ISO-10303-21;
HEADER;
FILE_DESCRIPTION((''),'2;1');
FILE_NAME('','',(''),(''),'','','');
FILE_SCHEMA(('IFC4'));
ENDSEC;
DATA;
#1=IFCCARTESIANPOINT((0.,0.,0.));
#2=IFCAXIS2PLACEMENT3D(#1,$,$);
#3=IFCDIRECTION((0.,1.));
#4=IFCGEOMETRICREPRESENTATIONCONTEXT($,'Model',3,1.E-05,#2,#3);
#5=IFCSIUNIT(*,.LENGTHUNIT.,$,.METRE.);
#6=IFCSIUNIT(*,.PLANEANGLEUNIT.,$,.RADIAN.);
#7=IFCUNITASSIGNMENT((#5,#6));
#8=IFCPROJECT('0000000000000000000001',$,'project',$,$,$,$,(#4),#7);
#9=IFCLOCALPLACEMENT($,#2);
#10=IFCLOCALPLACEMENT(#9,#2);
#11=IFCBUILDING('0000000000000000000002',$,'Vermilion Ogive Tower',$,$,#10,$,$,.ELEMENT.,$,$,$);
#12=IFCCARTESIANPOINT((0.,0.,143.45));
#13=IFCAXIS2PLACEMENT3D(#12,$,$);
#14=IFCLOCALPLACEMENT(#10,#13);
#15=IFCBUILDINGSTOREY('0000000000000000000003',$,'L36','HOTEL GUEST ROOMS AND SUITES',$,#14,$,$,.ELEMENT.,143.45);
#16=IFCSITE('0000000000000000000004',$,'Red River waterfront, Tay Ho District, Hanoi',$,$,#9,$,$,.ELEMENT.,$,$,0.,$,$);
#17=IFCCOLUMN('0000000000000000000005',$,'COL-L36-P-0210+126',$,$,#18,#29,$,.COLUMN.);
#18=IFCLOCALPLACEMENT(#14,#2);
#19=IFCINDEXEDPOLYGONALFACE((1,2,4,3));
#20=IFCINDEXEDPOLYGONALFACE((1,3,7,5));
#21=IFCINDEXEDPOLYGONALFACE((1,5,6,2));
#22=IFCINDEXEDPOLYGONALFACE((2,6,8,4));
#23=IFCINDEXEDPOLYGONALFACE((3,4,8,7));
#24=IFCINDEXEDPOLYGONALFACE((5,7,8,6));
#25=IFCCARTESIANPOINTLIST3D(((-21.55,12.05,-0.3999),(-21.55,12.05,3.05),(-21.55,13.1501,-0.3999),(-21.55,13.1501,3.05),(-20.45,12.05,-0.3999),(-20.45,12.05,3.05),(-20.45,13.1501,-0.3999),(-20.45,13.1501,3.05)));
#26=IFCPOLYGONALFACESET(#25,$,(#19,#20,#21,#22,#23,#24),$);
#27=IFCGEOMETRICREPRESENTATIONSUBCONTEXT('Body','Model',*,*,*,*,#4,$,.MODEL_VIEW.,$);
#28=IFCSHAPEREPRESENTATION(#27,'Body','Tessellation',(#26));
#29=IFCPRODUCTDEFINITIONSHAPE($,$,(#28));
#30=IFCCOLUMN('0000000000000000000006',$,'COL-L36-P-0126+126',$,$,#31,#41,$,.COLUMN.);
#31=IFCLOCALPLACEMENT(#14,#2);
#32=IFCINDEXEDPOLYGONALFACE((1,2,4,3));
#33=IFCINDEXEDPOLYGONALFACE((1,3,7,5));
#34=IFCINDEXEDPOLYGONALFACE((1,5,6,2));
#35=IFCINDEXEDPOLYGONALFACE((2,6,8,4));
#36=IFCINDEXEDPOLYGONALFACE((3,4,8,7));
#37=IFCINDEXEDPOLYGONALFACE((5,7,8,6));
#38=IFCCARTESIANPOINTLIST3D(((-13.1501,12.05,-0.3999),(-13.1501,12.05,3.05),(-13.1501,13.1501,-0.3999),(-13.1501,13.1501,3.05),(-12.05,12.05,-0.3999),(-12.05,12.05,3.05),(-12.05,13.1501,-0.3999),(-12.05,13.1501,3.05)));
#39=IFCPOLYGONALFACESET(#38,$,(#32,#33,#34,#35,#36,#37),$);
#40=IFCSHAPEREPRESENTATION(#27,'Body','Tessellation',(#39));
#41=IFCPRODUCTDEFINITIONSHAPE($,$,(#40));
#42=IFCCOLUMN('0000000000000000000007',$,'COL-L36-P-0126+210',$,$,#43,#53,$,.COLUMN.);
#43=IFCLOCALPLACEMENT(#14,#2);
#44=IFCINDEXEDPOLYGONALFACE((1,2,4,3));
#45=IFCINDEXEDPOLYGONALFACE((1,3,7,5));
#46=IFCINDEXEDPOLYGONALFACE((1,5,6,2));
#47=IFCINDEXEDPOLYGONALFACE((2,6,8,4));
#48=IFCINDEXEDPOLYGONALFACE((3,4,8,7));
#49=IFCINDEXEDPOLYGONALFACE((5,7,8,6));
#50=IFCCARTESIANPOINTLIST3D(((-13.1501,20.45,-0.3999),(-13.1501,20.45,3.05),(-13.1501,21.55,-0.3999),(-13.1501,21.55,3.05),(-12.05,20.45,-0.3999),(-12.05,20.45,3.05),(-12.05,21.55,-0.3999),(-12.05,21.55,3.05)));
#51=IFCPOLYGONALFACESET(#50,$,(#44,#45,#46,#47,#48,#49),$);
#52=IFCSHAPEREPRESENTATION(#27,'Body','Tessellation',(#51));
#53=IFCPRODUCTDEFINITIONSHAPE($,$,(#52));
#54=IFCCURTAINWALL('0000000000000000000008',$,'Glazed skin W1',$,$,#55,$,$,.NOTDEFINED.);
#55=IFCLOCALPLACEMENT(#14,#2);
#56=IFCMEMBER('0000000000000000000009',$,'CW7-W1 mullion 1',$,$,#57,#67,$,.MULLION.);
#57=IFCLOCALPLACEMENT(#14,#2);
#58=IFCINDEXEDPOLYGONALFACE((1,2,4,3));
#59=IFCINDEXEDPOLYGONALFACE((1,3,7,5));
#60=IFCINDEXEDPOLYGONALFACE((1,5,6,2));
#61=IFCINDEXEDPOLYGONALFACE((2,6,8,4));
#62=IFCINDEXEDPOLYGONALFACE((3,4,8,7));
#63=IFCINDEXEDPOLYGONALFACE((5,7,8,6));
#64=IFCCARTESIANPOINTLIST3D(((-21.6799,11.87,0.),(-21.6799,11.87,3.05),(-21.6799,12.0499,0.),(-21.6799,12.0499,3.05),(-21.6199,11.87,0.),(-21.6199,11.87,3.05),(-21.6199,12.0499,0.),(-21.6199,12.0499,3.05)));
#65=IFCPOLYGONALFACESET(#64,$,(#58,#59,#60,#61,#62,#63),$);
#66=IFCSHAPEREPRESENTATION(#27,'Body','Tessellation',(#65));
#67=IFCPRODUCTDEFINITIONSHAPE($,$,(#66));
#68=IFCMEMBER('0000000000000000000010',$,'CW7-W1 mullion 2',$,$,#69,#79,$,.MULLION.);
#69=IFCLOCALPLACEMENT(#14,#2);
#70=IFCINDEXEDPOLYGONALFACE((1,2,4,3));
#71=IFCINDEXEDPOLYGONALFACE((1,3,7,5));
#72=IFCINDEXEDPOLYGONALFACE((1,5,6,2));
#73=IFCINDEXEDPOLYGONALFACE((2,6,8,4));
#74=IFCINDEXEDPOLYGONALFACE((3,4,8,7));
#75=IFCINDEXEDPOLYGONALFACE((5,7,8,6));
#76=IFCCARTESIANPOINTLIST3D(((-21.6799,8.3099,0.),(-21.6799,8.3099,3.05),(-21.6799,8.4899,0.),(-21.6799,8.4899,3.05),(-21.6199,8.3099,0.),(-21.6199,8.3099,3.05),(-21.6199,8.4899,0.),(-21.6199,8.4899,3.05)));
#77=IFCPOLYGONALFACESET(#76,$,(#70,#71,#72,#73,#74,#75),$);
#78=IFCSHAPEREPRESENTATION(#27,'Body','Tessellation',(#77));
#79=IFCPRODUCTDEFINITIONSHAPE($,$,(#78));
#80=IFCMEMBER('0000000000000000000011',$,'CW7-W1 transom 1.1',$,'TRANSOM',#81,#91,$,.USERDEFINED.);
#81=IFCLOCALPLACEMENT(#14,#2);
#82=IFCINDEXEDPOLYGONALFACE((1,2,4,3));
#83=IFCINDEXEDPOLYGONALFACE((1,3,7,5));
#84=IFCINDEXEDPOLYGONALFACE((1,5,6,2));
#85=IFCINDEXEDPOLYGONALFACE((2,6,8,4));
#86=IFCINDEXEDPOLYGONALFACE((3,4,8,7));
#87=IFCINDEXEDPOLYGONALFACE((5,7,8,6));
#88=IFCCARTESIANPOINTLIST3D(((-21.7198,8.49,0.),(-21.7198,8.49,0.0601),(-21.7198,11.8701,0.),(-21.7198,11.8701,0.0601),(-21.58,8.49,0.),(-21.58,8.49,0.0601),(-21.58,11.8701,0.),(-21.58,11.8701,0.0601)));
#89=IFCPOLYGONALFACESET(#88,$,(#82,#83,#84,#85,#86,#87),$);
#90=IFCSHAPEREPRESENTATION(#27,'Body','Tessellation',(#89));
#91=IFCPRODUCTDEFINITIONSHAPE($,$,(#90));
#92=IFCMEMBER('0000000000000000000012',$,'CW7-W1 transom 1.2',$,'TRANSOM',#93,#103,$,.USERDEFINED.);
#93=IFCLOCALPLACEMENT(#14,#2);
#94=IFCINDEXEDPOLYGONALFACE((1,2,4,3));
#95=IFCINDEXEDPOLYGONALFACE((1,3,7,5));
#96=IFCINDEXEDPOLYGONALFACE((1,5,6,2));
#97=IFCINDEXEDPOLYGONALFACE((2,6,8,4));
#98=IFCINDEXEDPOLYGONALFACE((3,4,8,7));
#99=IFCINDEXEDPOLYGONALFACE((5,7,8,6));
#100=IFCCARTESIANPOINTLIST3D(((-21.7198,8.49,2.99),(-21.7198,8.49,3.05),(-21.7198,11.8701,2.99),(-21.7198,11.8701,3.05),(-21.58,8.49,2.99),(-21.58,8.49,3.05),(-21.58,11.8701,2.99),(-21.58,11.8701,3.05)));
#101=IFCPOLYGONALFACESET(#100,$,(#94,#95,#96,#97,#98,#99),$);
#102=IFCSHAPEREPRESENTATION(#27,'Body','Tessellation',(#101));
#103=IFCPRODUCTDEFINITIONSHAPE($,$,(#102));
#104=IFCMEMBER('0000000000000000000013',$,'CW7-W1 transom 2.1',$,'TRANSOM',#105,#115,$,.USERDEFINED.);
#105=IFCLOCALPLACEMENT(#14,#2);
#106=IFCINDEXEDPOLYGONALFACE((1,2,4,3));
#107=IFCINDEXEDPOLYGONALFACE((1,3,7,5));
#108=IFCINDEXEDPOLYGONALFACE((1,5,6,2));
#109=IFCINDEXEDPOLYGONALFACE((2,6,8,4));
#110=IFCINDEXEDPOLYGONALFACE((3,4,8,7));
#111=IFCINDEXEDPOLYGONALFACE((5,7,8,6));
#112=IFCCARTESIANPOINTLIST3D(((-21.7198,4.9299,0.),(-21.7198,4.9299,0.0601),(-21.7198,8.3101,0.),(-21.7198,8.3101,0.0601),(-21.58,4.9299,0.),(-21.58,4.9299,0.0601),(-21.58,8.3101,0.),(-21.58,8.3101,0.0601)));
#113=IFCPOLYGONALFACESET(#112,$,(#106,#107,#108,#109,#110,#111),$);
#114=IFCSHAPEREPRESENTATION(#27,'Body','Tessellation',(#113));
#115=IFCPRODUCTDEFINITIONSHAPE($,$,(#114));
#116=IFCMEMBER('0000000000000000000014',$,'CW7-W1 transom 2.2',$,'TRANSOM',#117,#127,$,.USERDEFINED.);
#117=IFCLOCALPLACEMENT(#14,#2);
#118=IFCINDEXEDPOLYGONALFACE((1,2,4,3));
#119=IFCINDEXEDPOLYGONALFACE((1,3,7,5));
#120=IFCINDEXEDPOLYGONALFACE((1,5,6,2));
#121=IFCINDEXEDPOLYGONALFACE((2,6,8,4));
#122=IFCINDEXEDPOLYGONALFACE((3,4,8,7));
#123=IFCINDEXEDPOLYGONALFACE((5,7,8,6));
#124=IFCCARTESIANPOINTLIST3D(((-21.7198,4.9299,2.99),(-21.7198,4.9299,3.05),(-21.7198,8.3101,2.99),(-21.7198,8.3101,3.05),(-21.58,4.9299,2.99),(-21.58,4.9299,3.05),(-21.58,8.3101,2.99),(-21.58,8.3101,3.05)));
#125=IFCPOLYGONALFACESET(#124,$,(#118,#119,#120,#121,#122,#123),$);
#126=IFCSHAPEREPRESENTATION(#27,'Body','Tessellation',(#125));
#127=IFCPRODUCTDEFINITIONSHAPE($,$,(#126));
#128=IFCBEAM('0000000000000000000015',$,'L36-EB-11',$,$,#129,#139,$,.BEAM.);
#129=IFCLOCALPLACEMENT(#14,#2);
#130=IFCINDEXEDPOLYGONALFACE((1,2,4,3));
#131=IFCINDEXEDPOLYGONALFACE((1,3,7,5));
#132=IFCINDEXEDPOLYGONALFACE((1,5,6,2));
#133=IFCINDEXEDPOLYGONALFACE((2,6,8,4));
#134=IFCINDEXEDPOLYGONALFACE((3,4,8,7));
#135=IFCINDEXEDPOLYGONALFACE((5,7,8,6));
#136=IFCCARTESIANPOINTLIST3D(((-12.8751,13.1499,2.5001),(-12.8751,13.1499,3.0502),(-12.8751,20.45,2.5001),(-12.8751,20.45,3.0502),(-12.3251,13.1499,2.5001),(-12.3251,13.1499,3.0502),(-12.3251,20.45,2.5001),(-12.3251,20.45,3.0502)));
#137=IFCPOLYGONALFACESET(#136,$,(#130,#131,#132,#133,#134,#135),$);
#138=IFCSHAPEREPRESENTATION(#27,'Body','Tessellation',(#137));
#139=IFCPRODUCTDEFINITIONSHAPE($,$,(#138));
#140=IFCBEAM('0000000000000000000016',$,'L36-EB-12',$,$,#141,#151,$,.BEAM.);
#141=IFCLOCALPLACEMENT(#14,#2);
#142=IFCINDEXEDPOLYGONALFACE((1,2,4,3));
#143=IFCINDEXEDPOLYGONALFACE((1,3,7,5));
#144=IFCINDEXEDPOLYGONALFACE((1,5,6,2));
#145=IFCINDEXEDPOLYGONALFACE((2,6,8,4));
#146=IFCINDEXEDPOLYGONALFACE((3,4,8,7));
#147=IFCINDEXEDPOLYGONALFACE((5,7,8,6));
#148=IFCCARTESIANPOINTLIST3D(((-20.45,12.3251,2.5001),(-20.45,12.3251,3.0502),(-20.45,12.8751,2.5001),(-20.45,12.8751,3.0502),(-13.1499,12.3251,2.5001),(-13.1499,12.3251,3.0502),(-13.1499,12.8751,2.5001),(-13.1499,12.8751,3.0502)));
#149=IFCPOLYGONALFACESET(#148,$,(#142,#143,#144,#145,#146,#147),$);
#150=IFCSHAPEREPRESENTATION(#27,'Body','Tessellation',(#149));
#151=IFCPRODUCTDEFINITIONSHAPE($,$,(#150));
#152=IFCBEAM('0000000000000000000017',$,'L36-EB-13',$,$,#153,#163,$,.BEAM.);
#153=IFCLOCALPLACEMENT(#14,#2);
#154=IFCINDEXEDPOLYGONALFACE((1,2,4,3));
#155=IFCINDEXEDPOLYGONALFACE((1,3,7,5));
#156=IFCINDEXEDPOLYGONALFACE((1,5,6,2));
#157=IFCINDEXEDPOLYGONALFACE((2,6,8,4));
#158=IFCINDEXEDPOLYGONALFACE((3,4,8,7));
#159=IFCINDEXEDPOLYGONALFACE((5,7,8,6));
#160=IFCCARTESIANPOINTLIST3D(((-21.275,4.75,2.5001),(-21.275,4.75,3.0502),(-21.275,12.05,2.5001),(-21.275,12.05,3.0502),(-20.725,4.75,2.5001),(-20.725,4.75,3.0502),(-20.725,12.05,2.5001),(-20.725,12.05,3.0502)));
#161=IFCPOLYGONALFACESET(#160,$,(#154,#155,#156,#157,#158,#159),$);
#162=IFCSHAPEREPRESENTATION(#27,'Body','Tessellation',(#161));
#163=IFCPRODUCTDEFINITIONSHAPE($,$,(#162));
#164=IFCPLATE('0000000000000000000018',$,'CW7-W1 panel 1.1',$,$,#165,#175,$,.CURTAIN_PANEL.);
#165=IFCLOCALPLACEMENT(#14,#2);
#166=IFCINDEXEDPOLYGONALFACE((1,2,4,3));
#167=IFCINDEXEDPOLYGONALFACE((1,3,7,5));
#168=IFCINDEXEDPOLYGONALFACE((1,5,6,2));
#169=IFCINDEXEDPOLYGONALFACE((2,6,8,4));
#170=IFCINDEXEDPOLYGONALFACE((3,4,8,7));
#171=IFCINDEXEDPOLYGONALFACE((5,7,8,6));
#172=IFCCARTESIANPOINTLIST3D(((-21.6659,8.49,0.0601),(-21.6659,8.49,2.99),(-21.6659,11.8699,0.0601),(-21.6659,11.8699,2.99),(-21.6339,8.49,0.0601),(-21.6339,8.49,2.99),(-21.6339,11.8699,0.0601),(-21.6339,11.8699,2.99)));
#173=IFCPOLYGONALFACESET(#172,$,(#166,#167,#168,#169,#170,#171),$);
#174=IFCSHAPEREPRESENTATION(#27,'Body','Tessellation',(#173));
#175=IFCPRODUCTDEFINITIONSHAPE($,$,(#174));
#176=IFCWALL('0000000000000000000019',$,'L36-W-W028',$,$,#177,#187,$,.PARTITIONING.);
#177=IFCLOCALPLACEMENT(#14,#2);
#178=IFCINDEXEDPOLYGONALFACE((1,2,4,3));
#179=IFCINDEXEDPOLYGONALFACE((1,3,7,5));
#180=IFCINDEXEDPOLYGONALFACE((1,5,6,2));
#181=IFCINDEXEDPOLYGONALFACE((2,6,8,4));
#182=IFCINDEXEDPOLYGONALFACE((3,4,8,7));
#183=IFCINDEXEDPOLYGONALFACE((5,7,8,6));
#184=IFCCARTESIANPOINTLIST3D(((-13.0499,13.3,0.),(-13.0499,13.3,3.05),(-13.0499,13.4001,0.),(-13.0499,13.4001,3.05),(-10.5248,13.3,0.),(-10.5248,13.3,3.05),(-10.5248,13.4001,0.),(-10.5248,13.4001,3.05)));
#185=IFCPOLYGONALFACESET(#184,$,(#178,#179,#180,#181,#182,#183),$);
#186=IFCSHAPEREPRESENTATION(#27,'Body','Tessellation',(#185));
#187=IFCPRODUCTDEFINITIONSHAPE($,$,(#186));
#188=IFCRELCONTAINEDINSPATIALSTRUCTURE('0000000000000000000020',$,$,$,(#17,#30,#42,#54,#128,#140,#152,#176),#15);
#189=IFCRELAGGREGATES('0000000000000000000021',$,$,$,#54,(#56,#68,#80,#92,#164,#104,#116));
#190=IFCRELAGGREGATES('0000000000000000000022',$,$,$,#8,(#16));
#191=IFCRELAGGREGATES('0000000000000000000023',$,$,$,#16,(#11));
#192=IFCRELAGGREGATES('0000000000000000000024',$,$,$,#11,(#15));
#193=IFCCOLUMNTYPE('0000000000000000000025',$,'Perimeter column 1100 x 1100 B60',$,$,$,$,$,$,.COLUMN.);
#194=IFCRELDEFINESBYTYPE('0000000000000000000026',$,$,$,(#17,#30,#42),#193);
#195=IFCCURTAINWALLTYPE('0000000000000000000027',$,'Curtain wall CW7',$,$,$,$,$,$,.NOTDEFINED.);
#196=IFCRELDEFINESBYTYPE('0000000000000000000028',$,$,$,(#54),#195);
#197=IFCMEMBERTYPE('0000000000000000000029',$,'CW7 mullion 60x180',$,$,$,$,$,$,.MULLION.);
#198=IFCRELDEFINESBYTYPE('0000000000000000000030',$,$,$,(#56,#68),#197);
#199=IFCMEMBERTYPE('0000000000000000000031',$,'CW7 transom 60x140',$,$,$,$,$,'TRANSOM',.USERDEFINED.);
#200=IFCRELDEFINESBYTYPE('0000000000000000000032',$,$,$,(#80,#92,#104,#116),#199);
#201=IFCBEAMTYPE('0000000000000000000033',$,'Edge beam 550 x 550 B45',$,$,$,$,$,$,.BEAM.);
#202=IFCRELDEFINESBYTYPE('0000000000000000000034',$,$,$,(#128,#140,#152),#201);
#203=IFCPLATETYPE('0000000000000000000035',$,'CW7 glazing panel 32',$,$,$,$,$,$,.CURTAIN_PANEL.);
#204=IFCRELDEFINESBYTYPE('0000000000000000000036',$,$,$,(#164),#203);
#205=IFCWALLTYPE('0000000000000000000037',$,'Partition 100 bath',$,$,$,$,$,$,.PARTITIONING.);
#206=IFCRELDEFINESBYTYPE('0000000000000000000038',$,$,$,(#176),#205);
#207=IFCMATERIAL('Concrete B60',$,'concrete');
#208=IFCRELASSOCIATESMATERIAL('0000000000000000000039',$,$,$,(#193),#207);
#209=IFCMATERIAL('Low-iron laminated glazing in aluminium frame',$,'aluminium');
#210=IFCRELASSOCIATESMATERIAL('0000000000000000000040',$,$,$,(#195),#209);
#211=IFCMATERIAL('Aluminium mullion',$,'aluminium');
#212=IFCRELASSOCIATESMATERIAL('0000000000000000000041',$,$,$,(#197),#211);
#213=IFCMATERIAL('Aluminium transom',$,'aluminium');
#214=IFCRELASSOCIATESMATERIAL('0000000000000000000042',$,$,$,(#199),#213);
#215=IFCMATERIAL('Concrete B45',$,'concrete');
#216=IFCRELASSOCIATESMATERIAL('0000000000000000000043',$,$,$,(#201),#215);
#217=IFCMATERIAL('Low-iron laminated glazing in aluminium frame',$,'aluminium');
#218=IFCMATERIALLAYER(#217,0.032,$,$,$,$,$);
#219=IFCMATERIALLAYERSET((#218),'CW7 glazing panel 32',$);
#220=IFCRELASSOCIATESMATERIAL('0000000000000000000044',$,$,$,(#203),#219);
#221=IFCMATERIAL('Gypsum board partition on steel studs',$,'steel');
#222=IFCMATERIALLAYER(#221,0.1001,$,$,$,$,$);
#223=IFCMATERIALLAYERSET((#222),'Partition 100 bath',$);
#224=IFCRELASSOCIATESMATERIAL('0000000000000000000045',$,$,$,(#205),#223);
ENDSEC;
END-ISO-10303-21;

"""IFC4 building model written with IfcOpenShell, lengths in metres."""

from ifc_helpers import new_model, si_unit, direction, frame, frame_2d, origin, origin_2d, place, context, subcontext, project, spatial, rectangle, extrude, material, layer, layer_set, material_profile, profile_set, type_object, element, aggregate, save


model = new_model("IFC4")

# Units and contexts
model_context = context("Model", 3, precision=1e-05, world=origin(), true_north=direction((0.0, 1.0)))
body_context = subcontext(model_context, "Body", "Model", "MODEL_VIEW")
ifc_project = project(units=[si_unit("LENGTHUNIT", "METRE"), si_unit("PLANEANGLEUNIT", "RADIAN")], contexts=[model_context])

# Site, building, storey
site_placement = place(None, origin())
site = spatial("IfcSite", under=ifc_project, at=site_placement, Name="Red River waterfront, Tay Ho District, Hanoi", CompositionType="ELEMENT", RefElevation=0.0)
building_placement = place(site_placement, origin())
building = spatial("IfcBuilding", under=site, at=building_placement, Name="Vermilion Ogive Tower", CompositionType="ELEMENT")
storey_placement = place(building_placement, frame((0.0, 0.0, 143.45)))
storey = spatial("IfcBuildingStorey", under=building, at=storey_placement, Name="L36", Description="HOTEL GUEST ROOMS AND SUITES", CompositionType="ELEMENT", Elevation=143.45)

# Columns
ifc_material_1 = material(Name="Concrete B60", Category="concrete")
ifc_material_profile_1 = material_profile(ifc_material_1, rectangle(XDim=1.1001, YDim=1.1001, at=origin_2d()), Name="1100 x 1100")
ifc_profile_set_1 = profile_set([ifc_material_profile_1], Name="Concrete B60")
column_type = type_object("IfcColumnType", Name="Perimeter column 1100 x 1100 B60", PredefinedType="COLUMN", material=ifc_profile_set_1)
for number, where, z_axis, x_axis, name in (
    (1, (-21.0, 12.6001, -0.3999), (0.0, 0.0, 1.0), (1.0, 0.0, 0.0), "COL-L36-P-0210+126"),
    (2, (-12.6001, 12.6001, -0.3999), (0.0, 0.0, 1.0), (1.0, 0.0, 0.0), "COL-L36-P-0126+126"),
    (3, (-12.6001, 21.0, -0.3999), (0.0, 0.0, 1.0), (1.0, 0.0, 0.0), "COL-L36-P-0126+210"),
):
    element("IfcColumn", number, at=place(storey_placement, frame(where, z_axis=z_axis, x_axis=x_axis)), inside=storey, type_object=column_type, Name=name, PredefinedType="COLUMN", context=body_context, shape_type="SweptSolid", body=[
        extrude(rectangle(XDim=1.1001, YDim=1.1001, at=origin_2d()), origin(), (0.0, 0.0, 1.0), 3.45),
    ])

# Curtain wall, members
ifc_material_2 = material(Name="Low-iron laminated glazing in aluminium frame", Category="aluminium")
curtain_wall_type = type_object("IfcCurtainWallType", Name="Curtain wall CW7", PredefinedType="NOTDEFINED", material=ifc_material_2)
curtain_wall_placement = place(storey_placement, origin())
curtain_wall = element("IfcCurtainWall", 4, at=curtain_wall_placement, inside=storey, type_object=curtain_wall_type, Name="Glazed skin W1", PredefinedType="NOTDEFINED")
ifc_material_3 = material(Name="Aluminium mullion", Category="aluminium")
ifc_material_profile_2 = material_profile(ifc_material_3, rectangle(XDim=0.0601, YDim=0.1799, at=origin_2d()), Name="AL 60x180")
ifc_profile_set_2 = profile_set([ifc_material_profile_2], Name="Aluminium mullion")
member_type_1 = type_object("IfcMemberType", Name="CW7 mullion 60x180", PredefinedType="MULLION", material=ifc_profile_set_2)
member_1_placement = place(storey_placement, frame((-21.6499, 11.96, 0.0), z_axis=(0.0, 0.0, 1.0), x_axis=(1.0, 0.0, 0.0)))
member_1 = element("IfcMember", 5, at=member_1_placement, type_object=member_type_1, Name="CW7-W1 mullion 1", PredefinedType="MULLION", context=body_context, shape_type="SweptSolid", body=[
    extrude(rectangle(XDim=0.0601, YDim=0.1799, at=origin_2d()), origin(), (0.0, 0.0, 1.0), 3.05),
])
member_2_placement = place(storey_placement, frame((-21.6499, 8.3999, 0.0), z_axis=(0.0, 0.0, 1.0), x_axis=(1.0, 0.0, 0.0)))
member_2 = element("IfcMember", 6, at=member_2_placement, type_object=member_type_1, Name="CW7-W1 mullion 2", PredefinedType="MULLION", context=body_context, shape_type="SweptSolid", body=[
    extrude(rectangle(XDim=0.0601, YDim=0.1799, at=origin_2d()), origin(), (0.0, 0.0, 1.0), 3.05),
])
ifc_material_4 = material(Name="Aluminium transom", Category="aluminium")
ifc_material_profile_3 = material_profile(ifc_material_4, rectangle(XDim=0.1399, YDim=0.0601, at=origin_2d()), Name="AL 60x140")
ifc_profile_set_3 = profile_set([ifc_material_profile_3], Name="Aluminium transom")
member_type_2 = type_object("IfcMemberType", Name="CW7 transom 60x140", ElementType="TRANSOM", PredefinedType="USERDEFINED", material=ifc_profile_set_3)
member_3_placement = place(storey_placement, frame((-21.6499, 11.8701, 0.03), z_axis=(0.0, -1.0, 0.0), x_axis=(1.0, 0.0, 0.0)))
member_3 = element("IfcMember", 7, at=member_3_placement, type_object=member_type_2, Name="CW7-W1 transom 1.1", ObjectType="TRANSOM", PredefinedType="USERDEFINED", context=body_context, shape_type="SweptSolid", body=[
    extrude(rectangle(XDim=0.1399, YDim=0.0601, at=origin_2d()), origin(), (0.0, 0.0, 1.0), 3.3801),
])
member_4_placement = place(storey_placement, frame((-21.6499, 11.8701, 3.02), z_axis=(0.0, -1.0, 0.0), x_axis=(1.0, 0.0, 0.0)))
member_4 = element("IfcMember", 8, at=member_4_placement, type_object=member_type_2, Name="CW7-W1 transom 1.2", ObjectType="TRANSOM", PredefinedType="USERDEFINED", context=body_context, shape_type="SweptSolid", body=[
    extrude(rectangle(XDim=0.1399, YDim=0.0601, at=origin_2d()), origin(), (0.0, 0.0, 1.0), 3.3801),
])
member_5_placement = place(storey_placement, frame((-21.6499, 8.3101, 0.03), z_axis=(0.0, -1.0, 0.0), x_axis=(1.0, 0.0, 0.0)))
member_5 = element("IfcMember", 9, at=member_5_placement, type_object=member_type_2, Name="CW7-W1 transom 2.1", ObjectType="TRANSOM", PredefinedType="USERDEFINED", context=body_context, shape_type="SweptSolid", body=[
    extrude(rectangle(XDim=0.1399, YDim=0.0601, at=origin_2d()), origin(), (0.0, 0.0, 1.0), 3.3801),
])
member_6_placement = place(storey_placement, frame((-21.6499, 8.3101, 3.02), z_axis=(0.0, -1.0, 0.0), x_axis=(1.0, 0.0, 0.0)))
member_6 = element("IfcMember", 10, at=member_6_placement, type_object=member_type_2, Name="CW7-W1 transom 2.2", ObjectType="TRANSOM", PredefinedType="USERDEFINED", context=body_context, shape_type="SweptSolid", body=[
    extrude(rectangle(XDim=0.1399, YDim=0.0601, at=origin_2d()), origin(), (0.0, 0.0, 1.0), 3.3801),
])

# Beams
ifc_material_5 = material(Name="Concrete B45", Category="concrete")
ifc_material_profile_4 = material_profile(ifc_material_5, rectangle(XDim=0.55, YDim=0.55, at=origin_2d()), Name="550 x 550")
ifc_profile_set_4 = profile_set([ifc_material_profile_4], Name="Concrete B45")
beam_type = type_object("IfcBeamType", Name="Edge beam 550 x 550 B45", PredefinedType="BEAM", material=ifc_profile_set_4)
for number, where, z_axis, x_axis, name in (
    (11, (-12.6001, 20.45, 2.7751), (0.0, -1.0, 0.0), (1.0, 0.0, 0.0), "L36-EB-11"),
    (12, (-13.1499, 12.6001, 2.7751), (-1.0, 0.0, 0.0), (0.0, -1.0, 0.0), "L36-EB-12"),
    (13, (-21.0, 12.05, 2.7751), (0.0, -1.0, 0.0), (1.0, 0.0, 0.0), "L36-EB-13"),
):
    element("IfcBeam", number, at=place(storey_placement, frame(where, z_axis=z_axis, x_axis=x_axis)), inside=storey, type_object=beam_type, Name=name, PredefinedType="BEAM", context=body_context, shape_type="SweptSolid", body=[
        extrude(rectangle(XDim=0.55, YDim=0.55, at=origin_2d()), origin(), (0.0, 0.0, 1.0), 7.3),
    ])

# Plate
ifc_material_6 = material(Name="Low-iron laminated glazing in aluminium frame", Category="aluminium")
ifc_layer_1 = layer(ifc_material_6, 0.032)
ifc_layer_set_1 = layer_set([ifc_layer_1], Name="CW7 glazing panel 32")
plate_type = type_object("IfcPlateType", Name="CW7 glazing panel 32", PredefinedType="CURTAIN_PANEL", material=ifc_layer_set_1)
plate_placement = place(storey_placement, frame((-21.6499, 10.1799, 0.0601), z_axis=(0.0, 0.0, 1.0), x_axis=(0.0, -1.0, 0.0)))
plate = element("IfcPlate", 14, at=plate_placement, type_object=plate_type, Name="CW7-W1 panel 1.1", PredefinedType="CURTAIN_PANEL", context=body_context, shape_type="SweptSolid", body=[
    extrude(rectangle(XDim=3.3799, YDim=0.032, at=origin_2d()), origin(), (0.0, 0.0, 1.0), 2.9299),
])
aggregate(curtain_wall, [member_1, member_2, member_3, member_4, plate, member_5, member_6])

# Wall
ifc_material_7 = material(Name="Gypsum board partition on steel studs", Category="steel")
ifc_layer_2 = layer(ifc_material_7, 0.1001)
ifc_layer_set_2 = layer_set([ifc_layer_2], Name="Partition 100 bath")
wall_type_1 = type_object("IfcWallType", Name="Partition 100 bath", PredefinedType="PARTITIONING", material=ifc_layer_set_2)
wall_1_placement = place(storey_placement, frame((-13.05, 13.3501, 0.0), z_axis=(0.0, 0.0, 1.0), x_axis=(1.0, 0.0, 0.0)))
element("IfcWall", 15, at=wall_1_placement, inside=storey, type_object=wall_type_1, Name="L36-W-W028", PredefinedType="PARTITIONING", context=body_context, shape_type="SweptSolid", body=[
    extrude(rectangle(XDim=2.5251, YDim=0.1001, at=frame_2d((1.2627, 0.0))), origin(), (0.0, 0.0, 1.0), 3.05),
])

save(model, "model.ifc")
